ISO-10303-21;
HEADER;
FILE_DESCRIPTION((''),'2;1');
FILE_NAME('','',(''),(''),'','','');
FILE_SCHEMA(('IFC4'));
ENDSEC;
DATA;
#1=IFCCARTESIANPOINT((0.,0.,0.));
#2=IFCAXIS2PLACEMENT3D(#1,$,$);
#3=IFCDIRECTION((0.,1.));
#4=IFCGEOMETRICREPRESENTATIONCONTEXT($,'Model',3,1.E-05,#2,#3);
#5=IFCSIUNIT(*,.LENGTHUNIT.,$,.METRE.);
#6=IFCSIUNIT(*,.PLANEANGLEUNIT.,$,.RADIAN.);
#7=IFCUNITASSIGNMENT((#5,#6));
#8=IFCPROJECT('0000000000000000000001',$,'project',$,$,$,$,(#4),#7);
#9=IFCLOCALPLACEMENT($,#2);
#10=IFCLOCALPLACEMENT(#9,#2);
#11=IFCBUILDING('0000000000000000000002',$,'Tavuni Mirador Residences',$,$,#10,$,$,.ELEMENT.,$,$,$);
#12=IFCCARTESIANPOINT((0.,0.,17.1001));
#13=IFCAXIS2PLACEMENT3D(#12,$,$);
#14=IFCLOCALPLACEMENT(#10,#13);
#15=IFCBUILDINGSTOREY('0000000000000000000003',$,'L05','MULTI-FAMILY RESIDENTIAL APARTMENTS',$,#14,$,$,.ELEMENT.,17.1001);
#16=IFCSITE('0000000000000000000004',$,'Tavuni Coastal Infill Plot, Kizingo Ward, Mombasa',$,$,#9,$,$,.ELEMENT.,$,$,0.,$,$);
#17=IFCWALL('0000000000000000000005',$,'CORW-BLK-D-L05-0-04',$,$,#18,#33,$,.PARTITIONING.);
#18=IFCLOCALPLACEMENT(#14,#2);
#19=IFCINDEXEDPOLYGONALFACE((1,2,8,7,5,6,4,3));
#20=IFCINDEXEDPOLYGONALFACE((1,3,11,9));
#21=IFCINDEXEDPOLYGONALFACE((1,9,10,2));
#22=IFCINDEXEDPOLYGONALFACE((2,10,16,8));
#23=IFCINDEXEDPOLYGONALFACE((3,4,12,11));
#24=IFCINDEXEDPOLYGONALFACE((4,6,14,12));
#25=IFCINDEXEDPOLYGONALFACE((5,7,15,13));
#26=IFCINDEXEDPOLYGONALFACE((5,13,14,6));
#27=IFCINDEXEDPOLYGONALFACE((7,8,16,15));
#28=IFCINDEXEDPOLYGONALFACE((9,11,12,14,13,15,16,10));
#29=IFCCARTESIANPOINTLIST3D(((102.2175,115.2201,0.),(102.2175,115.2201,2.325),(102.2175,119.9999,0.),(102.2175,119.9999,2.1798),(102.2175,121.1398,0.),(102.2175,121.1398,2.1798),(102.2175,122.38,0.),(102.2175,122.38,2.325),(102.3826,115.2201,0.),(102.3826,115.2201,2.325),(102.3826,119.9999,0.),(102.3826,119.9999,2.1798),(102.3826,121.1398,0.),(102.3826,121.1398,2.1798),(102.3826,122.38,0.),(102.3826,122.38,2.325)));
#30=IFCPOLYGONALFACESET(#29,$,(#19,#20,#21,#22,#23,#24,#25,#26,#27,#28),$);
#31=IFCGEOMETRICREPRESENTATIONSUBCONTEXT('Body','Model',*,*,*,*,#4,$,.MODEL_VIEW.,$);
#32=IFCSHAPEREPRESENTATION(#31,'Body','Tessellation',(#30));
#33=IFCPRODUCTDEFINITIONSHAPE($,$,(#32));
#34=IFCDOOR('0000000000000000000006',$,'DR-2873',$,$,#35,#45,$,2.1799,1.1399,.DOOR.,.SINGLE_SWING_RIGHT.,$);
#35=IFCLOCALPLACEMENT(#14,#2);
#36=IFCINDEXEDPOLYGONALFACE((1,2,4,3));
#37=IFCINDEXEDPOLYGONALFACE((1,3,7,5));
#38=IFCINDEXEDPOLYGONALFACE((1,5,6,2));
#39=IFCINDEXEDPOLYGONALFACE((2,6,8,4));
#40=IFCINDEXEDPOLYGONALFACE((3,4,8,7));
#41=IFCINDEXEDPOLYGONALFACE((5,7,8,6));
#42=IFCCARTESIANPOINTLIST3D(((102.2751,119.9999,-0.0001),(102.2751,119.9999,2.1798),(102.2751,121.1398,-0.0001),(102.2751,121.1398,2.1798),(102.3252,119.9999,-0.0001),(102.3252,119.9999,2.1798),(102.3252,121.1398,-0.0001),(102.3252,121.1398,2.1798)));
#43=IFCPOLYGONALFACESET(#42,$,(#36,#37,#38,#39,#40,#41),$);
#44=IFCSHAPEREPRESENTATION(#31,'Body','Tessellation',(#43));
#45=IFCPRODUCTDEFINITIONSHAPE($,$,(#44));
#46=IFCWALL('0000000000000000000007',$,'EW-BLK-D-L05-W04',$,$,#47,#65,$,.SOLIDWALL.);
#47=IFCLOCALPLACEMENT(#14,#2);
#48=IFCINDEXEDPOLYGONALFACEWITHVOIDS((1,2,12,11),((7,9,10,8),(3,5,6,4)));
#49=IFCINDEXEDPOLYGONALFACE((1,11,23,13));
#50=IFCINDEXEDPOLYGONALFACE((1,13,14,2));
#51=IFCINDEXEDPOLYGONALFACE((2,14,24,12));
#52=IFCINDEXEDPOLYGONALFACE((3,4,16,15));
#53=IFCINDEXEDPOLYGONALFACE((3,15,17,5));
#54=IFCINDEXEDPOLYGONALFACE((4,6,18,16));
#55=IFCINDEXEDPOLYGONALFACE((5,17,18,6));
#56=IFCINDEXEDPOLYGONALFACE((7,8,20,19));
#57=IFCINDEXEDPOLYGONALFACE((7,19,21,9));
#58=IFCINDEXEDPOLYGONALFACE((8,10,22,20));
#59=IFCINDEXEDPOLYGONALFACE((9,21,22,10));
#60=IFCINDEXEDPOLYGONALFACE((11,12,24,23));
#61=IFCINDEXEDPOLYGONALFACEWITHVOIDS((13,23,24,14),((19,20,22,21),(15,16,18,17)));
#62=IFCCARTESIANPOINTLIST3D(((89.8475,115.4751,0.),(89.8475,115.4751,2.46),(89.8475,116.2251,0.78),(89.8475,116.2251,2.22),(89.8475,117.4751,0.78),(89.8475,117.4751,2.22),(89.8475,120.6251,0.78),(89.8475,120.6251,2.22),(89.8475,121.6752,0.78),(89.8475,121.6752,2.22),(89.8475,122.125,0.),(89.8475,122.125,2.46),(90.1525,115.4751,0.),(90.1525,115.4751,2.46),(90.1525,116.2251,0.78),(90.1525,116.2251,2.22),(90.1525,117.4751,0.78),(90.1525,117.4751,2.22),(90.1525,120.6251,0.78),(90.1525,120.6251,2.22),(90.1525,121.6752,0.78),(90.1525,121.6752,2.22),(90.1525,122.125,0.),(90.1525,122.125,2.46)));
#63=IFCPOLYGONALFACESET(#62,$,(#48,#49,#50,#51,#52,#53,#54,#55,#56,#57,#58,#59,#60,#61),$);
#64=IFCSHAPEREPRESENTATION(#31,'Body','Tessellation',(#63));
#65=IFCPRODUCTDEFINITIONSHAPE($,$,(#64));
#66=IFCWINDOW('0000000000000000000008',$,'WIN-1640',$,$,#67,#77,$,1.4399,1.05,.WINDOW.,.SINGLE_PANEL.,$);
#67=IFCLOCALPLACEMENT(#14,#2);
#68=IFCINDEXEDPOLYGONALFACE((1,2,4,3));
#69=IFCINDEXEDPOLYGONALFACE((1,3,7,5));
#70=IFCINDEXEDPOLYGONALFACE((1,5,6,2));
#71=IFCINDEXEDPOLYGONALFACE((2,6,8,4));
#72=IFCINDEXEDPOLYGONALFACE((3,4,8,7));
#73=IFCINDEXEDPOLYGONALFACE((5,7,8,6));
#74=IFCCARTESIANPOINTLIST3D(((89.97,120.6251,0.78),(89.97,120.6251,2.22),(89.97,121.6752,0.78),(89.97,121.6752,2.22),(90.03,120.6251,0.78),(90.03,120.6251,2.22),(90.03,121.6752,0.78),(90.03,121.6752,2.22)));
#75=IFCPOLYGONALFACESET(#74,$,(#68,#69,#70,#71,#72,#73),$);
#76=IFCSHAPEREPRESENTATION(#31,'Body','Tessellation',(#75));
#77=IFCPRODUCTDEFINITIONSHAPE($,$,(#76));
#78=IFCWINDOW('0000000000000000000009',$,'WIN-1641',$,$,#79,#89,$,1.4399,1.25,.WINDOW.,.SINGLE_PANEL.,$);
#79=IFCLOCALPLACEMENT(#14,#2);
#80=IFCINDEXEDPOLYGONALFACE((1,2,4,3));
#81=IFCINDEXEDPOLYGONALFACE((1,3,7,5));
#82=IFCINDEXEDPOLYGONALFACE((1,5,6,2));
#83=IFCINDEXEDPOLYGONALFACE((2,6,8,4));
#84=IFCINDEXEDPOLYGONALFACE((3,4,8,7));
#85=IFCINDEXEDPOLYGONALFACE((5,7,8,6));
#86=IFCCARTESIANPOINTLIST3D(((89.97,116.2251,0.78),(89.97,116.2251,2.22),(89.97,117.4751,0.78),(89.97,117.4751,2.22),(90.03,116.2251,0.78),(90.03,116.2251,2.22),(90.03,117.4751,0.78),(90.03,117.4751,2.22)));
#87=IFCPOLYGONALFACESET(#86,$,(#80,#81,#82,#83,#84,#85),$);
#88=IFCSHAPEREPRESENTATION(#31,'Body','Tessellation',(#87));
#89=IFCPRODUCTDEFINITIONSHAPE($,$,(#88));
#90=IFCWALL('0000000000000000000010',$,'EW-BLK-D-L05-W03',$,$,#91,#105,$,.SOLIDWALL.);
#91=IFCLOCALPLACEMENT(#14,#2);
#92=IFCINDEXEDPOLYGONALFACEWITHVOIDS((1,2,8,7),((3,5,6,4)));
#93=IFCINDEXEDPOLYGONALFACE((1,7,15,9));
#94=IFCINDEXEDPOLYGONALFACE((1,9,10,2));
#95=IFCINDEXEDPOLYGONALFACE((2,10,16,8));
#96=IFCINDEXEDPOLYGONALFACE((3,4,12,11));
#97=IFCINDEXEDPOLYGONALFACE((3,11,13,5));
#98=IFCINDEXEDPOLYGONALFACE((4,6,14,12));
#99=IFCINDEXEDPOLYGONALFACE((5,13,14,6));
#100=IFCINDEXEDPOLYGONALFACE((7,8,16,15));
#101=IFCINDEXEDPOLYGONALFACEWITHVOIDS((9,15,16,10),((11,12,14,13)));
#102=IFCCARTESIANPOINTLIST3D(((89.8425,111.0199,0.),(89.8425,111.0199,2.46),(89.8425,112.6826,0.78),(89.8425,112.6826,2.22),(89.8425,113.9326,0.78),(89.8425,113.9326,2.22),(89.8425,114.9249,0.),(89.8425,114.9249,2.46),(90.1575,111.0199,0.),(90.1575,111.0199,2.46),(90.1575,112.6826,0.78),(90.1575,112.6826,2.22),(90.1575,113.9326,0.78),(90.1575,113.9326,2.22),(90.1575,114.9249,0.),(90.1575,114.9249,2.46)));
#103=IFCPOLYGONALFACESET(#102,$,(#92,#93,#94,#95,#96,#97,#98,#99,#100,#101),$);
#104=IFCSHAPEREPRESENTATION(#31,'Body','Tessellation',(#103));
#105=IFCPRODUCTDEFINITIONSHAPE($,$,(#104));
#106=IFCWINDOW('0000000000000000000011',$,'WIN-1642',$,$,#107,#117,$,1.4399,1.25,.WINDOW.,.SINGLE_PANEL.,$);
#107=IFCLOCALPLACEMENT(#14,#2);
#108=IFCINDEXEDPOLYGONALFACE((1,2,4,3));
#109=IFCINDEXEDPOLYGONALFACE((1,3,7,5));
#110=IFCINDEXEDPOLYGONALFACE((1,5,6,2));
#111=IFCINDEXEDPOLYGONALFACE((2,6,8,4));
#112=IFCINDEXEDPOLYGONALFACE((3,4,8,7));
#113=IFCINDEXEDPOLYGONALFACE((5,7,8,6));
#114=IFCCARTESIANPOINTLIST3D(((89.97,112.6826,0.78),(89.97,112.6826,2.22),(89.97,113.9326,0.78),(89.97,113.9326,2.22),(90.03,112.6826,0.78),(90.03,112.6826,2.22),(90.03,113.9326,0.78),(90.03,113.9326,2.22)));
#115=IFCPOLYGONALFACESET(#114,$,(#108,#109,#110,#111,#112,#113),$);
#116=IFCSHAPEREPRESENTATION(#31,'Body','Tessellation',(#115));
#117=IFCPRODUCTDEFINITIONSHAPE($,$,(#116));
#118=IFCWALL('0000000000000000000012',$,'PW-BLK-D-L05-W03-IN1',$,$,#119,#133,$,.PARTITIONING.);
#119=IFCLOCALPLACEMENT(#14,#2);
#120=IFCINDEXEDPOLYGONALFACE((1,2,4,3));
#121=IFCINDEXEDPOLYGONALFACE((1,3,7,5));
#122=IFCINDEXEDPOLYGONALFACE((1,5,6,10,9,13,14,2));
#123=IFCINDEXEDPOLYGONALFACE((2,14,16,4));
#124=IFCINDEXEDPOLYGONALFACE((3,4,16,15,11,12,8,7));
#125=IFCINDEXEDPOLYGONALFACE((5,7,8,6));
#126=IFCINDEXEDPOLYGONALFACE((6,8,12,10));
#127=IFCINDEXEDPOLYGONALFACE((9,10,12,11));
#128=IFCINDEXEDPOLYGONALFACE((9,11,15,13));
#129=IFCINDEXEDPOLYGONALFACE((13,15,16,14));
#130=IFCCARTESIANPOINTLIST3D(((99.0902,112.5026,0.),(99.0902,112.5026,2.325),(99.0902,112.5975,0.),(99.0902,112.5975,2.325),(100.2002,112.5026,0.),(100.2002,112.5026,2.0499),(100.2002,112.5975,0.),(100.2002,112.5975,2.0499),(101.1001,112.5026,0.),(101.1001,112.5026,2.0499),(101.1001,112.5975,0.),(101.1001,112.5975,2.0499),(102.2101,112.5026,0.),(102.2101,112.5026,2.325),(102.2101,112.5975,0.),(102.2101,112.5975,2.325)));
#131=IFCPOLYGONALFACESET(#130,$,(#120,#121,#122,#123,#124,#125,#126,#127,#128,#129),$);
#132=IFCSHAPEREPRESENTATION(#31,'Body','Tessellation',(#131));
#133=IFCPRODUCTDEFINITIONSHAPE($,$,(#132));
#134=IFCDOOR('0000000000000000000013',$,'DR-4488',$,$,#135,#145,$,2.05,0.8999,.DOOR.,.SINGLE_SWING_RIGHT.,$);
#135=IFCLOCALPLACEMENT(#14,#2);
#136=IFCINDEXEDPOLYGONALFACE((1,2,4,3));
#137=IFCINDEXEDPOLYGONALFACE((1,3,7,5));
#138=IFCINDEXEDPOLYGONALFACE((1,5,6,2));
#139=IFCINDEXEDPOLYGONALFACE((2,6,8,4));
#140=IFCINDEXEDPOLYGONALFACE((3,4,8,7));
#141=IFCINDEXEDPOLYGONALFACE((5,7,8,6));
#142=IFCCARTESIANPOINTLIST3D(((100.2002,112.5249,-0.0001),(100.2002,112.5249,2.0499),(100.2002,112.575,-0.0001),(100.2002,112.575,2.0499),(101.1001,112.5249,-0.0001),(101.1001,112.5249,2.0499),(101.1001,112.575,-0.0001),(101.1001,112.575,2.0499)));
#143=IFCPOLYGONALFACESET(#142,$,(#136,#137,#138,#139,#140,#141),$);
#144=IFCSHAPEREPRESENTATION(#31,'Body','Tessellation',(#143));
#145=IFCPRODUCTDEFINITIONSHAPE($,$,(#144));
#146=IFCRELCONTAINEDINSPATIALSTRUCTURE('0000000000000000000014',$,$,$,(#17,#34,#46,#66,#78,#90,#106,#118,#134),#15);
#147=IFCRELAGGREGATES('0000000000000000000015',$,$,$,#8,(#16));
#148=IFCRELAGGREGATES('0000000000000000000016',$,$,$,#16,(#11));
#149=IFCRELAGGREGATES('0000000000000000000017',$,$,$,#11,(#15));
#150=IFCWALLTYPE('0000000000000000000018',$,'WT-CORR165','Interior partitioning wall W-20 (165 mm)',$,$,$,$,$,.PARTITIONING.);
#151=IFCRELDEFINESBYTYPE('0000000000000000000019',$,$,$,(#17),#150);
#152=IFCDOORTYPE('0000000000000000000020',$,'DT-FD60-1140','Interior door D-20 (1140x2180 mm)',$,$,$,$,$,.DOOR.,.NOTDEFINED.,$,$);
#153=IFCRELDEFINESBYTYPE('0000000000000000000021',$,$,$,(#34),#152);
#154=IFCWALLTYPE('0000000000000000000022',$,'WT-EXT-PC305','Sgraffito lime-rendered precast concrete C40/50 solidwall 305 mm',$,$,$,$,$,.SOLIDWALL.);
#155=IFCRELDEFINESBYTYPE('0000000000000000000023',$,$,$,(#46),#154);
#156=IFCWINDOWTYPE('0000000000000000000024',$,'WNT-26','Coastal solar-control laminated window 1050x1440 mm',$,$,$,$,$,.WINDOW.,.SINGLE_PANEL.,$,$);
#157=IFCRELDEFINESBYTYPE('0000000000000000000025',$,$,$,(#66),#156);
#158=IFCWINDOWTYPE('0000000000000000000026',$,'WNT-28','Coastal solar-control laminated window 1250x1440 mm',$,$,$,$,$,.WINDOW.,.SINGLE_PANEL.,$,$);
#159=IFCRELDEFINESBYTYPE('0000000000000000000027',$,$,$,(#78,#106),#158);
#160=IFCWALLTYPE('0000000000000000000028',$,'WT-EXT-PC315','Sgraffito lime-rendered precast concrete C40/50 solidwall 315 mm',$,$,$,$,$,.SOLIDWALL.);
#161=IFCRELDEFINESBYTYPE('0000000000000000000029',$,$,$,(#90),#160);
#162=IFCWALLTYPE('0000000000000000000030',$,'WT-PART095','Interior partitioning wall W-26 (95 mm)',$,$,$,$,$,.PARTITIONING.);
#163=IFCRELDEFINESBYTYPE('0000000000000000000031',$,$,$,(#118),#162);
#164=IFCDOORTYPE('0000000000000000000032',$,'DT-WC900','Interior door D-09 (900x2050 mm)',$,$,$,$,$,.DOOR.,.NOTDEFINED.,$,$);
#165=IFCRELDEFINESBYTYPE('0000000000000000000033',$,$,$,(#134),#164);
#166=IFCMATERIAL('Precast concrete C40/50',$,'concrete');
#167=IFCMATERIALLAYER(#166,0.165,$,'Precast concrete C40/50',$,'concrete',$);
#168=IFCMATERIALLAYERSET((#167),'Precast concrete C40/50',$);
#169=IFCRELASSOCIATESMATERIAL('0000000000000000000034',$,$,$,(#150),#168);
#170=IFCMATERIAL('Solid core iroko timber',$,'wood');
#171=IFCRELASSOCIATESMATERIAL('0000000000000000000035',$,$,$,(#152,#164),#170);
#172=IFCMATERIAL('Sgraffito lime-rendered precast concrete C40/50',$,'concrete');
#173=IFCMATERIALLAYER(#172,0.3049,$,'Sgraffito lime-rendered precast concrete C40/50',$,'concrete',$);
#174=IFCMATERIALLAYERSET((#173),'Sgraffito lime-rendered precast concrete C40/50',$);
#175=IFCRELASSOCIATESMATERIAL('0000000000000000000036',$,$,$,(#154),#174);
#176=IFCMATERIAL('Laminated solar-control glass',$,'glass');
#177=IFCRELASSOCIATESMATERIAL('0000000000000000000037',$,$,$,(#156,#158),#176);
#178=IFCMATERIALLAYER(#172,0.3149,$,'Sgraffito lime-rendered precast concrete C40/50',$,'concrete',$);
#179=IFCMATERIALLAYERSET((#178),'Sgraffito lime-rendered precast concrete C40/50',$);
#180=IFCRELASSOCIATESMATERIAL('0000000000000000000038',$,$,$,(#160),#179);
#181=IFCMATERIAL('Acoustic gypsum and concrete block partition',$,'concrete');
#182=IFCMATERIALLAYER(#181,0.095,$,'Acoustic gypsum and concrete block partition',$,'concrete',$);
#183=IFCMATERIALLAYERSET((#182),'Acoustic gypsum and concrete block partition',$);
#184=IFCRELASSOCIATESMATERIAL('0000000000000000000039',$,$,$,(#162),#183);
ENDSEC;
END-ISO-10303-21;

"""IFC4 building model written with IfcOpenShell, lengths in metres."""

from ifc_helpers import new_model, si_unit, direction, frame, frame_2d, origin, place, context, subcontext, project, spatial, rectangle, extrude, material, layer, layer_set, type_object, element, fill, save


model = new_model("IFC4")

# Units and contexts
model_context = context("Model", 3, precision=1e-05, world=origin(), true_north=direction((0.0, 1.0)))
body_context = subcontext(model_context, "Body", "Model", "MODEL_VIEW")
ifc_project = project(units=[si_unit("LENGTHUNIT", "METRE"), si_unit("PLANEANGLEUNIT", "RADIAN")], contexts=[model_context])

# Site, building, storey
site_placement = place(None, origin())
site = spatial("IfcSite", under=ifc_project, at=site_placement, Name="Tavuni Coastal Infill Plot, Kizingo Ward, Mombasa", CompositionType="ELEMENT", RefElevation=0.0)
building_placement = place(site_placement, origin())
building = spatial("IfcBuilding", under=site, at=building_placement, Name="Tavuni Mirador Residences", CompositionType="ELEMENT")
storey_placement = place(building_placement, frame((0.0, 0.0, 17.1001)))
storey = spatial("IfcBuildingStorey", under=building, at=storey_placement, Name="L05", Description="MULTI-FAMILY RESIDENTIAL APARTMENTS", CompositionType="ELEMENT", Elevation=17.1001)

# Shared definitions
ifc_material_1 = material(Name="Precast concrete C40/50", Category="concrete")

# Wall, opening, door
ifc_layer_1 = layer(ifc_material_1, 0.165, Name="Precast concrete C40/50", Category="concrete")
ifc_layer_set_1 = layer_set([ifc_layer_1], Name="Precast concrete C40/50")
wall_type_1 = type_object("IfcWallType", Name="WT-CORR165", Description="Interior partitioning wall W-20 (165 mm)", PredefinedType="PARTITIONING", material=ifc_layer_set_1)
wall_1_placement = place(storey_placement, frame((102.3, 115.22, 0.0), z_axis=(0.0, 0.0, 1.0), x_axis=(0.0, 1.0, 0.0)))
wall_1 = element("IfcWall", 1, at=wall_1_placement, inside=storey, type_object=wall_type_1, Name="CORW-BLK-D-L05-0-04", PredefinedType="PARTITIONING", context=body_context, shape_type="SweptSolid", body=[
    extrude(rectangle(XDim=7.1599, YDim=0.165, at=frame_2d((3.5801, 0.0))), origin(), (0.0, 0.0, 1.0), 2.325),
])
opening_1_placement = place(wall_1_placement, frame((4.78, 0.0, 0.0)))
opening_1 = element("IfcOpeningElement", 2, at=opening_1_placement, cuts=wall_1, PredefinedType="OPENING", context=body_context, shape_type="SweptSolid", body=[
    extrude(rectangle(XDim=1.1399, YDim=2.1799, at=frame_2d((0.5698, 1.0898))), frame((0.0, 0.0925, 0.0), z_axis=(0.0, -1.0, 0.0), x_axis=(1.0, 0.0, 0.0)), (0.0, 0.0, 1.0), 0.1851),
])
ifc_material_2 = material(Name="Solid core iroko timber", Category="wood")
door_type_1 = type_object("IfcDoorType", Name="DT-FD60-1140", Description="Interior door D-20 (1140x2180 mm)", OperationType="NOTDEFINED", PredefinedType="DOOR", material=ifc_material_2)
door_1_placement = place(opening_1_placement, origin())
door_1 = element("IfcDoor", 3, at=door_1_placement, inside=storey, type_object=door_type_1, Name="DR-2873", OperationType="SINGLE_SWING_RIGHT", OverallHeight=2.1799, OverallWidth=1.1399, PredefinedType="DOOR", context=body_context, shape_type="SweptSolid", body=[
    extrude(rectangle(XDim=1.1399, YDim=2.1799, at=frame_2d((0.5698, 1.0898))), frame((0.0, 0.0249, 0.0), z_axis=(0.0, -1.0, 0.0), x_axis=(1.0, 0.0, 0.0)), (0.0, 0.0, 1.0), 0.05),
])
fill(opening_1, door_1)

# Wall, openings, windows
ifc_material_3 = material(Name="Sgraffito lime-rendered precast concrete C40/50", Category="concrete")
ifc_layer_2 = layer(ifc_material_3, 0.3049, Name="Sgraffito lime-rendered precast concrete C40/50", Category="concrete")
ifc_layer_set_2 = layer_set([ifc_layer_2], Name="Sgraffito lime-rendered precast concrete C40/50")
wall_type_2 = type_object("IfcWallType", Name="WT-EXT-PC305", Description="Sgraffito lime-rendered precast concrete C40/50 solidwall 305 mm", PredefinedType="SOLIDWALL", material=ifc_layer_set_2)
wall_2_placement = place(storey_placement, frame((90.0, 122.125, 0.0), z_axis=(0.0, 0.0, 1.0), x_axis=(0.0, -1.0, 0.0)))
wall_2 = element("IfcWall", 4, at=wall_2_placement, inside=storey, type_object=wall_type_2, Name="EW-BLK-D-L05-W04", PredefinedType="SOLIDWALL", context=body_context, shape_type="SweptSolid", body=[
    extrude(rectangle(XDim=6.6499, YDim=0.3049, at=frame_2d((3.325, 0.0))), origin(), (0.0, 0.0, 1.0), 2.46),
])
opening_2_placement = place(wall_2_placement, frame((0.45, 0.0, 0.78)))
opening_2 = element("IfcOpeningElement", 5, at=opening_2_placement, cuts=wall_2, PredefinedType="OPENING", context=body_context, shape_type="SweptSolid", body=[
    extrude(rectangle(XDim=1.05, YDim=1.4399, at=frame_2d((0.5249, 0.72))), frame((0.0, 0.1626, 0.0), z_axis=(0.0, -1.0, 0.0), x_axis=(1.0, 0.0, 0.0)), (0.0, 0.0, 1.0), 0.325),
])
opening_3_placement = place(wall_2_placement, frame((4.6499, 0.0, 0.78)))
opening_3 = element("IfcOpeningElement", 6, at=opening_3_placement, cuts=wall_2, PredefinedType="OPENING", context=body_context, shape_type="SweptSolid", body=[
    extrude(rectangle(XDim=1.25, YDim=1.4399, at=frame_2d((0.625, 0.72))), frame((0.0, 0.1626, 0.0), z_axis=(0.0, -1.0, 0.0), x_axis=(1.0, 0.0, 0.0)), (0.0, 0.0, 1.0), 0.325),
])
ifc_material_4 = material(Name="Laminated solar-control glass", Category="glass")
window_type_1 = type_object("IfcWindowType", Name="WNT-26", Description="Coastal solar-control laminated window 1050x1440 mm", PartitioningType="SINGLE_PANEL", PredefinedType="WINDOW", material=ifc_material_4)
window_1_placement = place(opening_2_placement, origin())
window_1 = element("IfcWindow", 7, at=window_1_placement, inside=storey, type_object=window_type_1, Name="WIN-1640", OverallHeight=1.4399, OverallWidth=1.05, PartitioningType="SINGLE_PANEL", PredefinedType="WINDOW", context=body_context, shape_type="SweptSolid", body=[
    extrude(rectangle(XDim=1.05, YDim=1.4399, at=frame_2d((0.5249, 0.72))), frame((0.0, 0.03, 0.0), z_axis=(0.0, -1.0, 0.0), x_axis=(1.0, 0.0, 0.0)), (0.0, 0.0, 1.0), 0.0601),
])
fill(opening_2, window_1)
window_type_2 = type_object("IfcWindowType", Name="WNT-28", Description="Coastal solar-control laminated window 1250x1440 mm", PartitioningType="SINGLE_PANEL", PredefinedType="WINDOW", material=ifc_material_4)
window_2_placement = place(opening_3_placement, origin())
window_2 = element("IfcWindow", 8, at=window_2_placement, inside=storey, type_object=window_type_2, Name="WIN-1641", OverallHeight=1.4399, OverallWidth=1.25, PartitioningType="SINGLE_PANEL", PredefinedType="WINDOW", context=body_context, shape_type="SweptSolid", body=[
    extrude(rectangle(XDim=1.25, YDim=1.4399, at=frame_2d((0.625, 0.72))), frame((0.0, 0.03, 0.0), z_axis=(0.0, -1.0, 0.0), x_axis=(1.0, 0.0, 0.0)), (0.0, 0.0, 1.0), 0.0601),
])
fill(opening_3, window_2)

# Wall, opening, window
ifc_layer_3 = layer(ifc_material_3, 0.3149, Name="Sgraffito lime-rendered precast concrete C40/50", Category="concrete")
ifc_layer_set_3 = layer_set([ifc_layer_3], Name="Sgraffito lime-rendered precast concrete C40/50")
wall_type_3 = type_object("IfcWallType", Name="WT-EXT-PC315", Description="Sgraffito lime-rendered precast concrete C40/50 solidwall 315 mm", PredefinedType="SOLIDWALL", material=ifc_layer_set_3)
wall_3_placement = place(storey_placement, frame((90.0, 114.925, 0.0), z_axis=(0.0, 0.0, 1.0), x_axis=(0.0, -1.0, 0.0)))
wall_3 = element("IfcWall", 9, at=wall_3_placement, inside=storey, type_object=wall_type_3, Name="EW-BLK-D-L05-W03", PredefinedType="SOLIDWALL", context=body_context, shape_type="SweptSolid", body=[
    extrude(rectangle(XDim=3.905, YDim=0.3149, at=frame_2d((1.9526, 0.0))), origin(), (0.0, 0.0, 1.0), 2.46),
])
opening_4_placement = place(wall_3_placement, frame((0.9924, 0.0, 0.78)))
opening_4 = element("IfcOpeningElement", 10, at=opening_4_placement, cuts=wall_3, PredefinedType="OPENING", context=body_context, shape_type="SweptSolid", body=[
    extrude(rectangle(XDim=1.25, YDim=1.4399, at=frame_2d((0.625, 0.72))), frame((0.0, 0.1675, 0.0), z_axis=(0.0, -1.0, 0.0), x_axis=(1.0, 0.0, 0.0)), (0.0, 0.0, 1.0), 0.335),
])
window_3_placement = place(opening_4_placement, origin())
window_3 = element("IfcWindow", 11, at=window_3_placement, inside=storey, type_object=window_type_2, Name="WIN-1642", OverallHeight=1.4399, OverallWidth=1.25, PartitioningType="SINGLE_PANEL", PredefinedType="WINDOW", context=body_context, shape_type="SweptSolid", body=[
    extrude(rectangle(XDim=1.25, YDim=1.4399, at=frame_2d((0.625, 0.72))), frame((0.0, 0.03, 0.0), z_axis=(0.0, -1.0, 0.0), x_axis=(1.0, 0.0, 0.0)), (0.0, 0.0, 1.0), 0.0601),
])
fill(opening_4, window_3)

# Wall, opening, door
ifc_material_5 = material(Name="Acoustic gypsum and concrete block partition", Category="concrete")
ifc_layer_4 = layer(ifc_material_5, 0.095, Name="Acoustic gypsum and concrete block partition", Category="concrete")
ifc_layer_set_4 = layer_set([ifc_layer_4], Name="Acoustic gypsum and concrete block partition")
wall_type_4 = type_object("IfcWallType", Name="WT-PART095", Description="Interior partitioning wall W-26 (95 mm)", PredefinedType="PARTITIONING", material=ifc_layer_set_4)
wall_4_placement = place(storey_placement, frame((99.0901, 112.55, 0.0), z_axis=(0.0, 0.0, 1.0), x_axis=(1.0, 0.0, 0.0)))
wall_4 = element("IfcWall", 12, at=wall_4_placement, inside=storey, type_object=wall_type_4, Name="PW-BLK-D-L05-W03-IN1", PredefinedType="PARTITIONING", context=body_context, shape_type="SweptSolid", body=[
    extrude(rectangle(XDim=3.1199, YDim=0.095, at=frame_2d((1.5601, 0.0))), origin(), (0.0, 0.0, 1.0), 2.325),
])
opening_5_placement = place(wall_4_placement, frame((1.1101, 0.0, 0.0)))
opening_5 = element("IfcOpeningElement", 13, at=opening_5_placement, cuts=wall_4, PredefinedType="OPENING", context=body_context, shape_type="SweptSolid", body=[
    extrude(rectangle(XDim=0.8999, YDim=2.05, at=frame_2d((0.45, 1.0249))), frame((0.0, 0.0576, 0.0), z_axis=(0.0, -1.0, 0.0), x_axis=(1.0, 0.0, 0.0)), (0.0, 0.0, 1.0), 0.115),
])
door_type_2 = type_object("IfcDoorType", Name="DT-WC900", Description="Interior door D-09 (900x2050 mm)", OperationType="NOTDEFINED", PredefinedType="DOOR", material=ifc_material_2)
door_2_placement = place(opening_5_placement, origin())
door_2 = element("IfcDoor", 14, at=door_2_placement, inside=storey, type_object=door_type_2, Name="DR-4488", OperationType="SINGLE_SWING_RIGHT", OverallHeight=2.05, OverallWidth=0.8999, PredefinedType="DOOR", context=body_context, shape_type="SweptSolid", body=[
    extrude(rectangle(XDim=0.8999, YDim=2.05, at=frame_2d((0.45, 1.0249))), frame((0.0, 0.0249, 0.0), z_axis=(0.0, -1.0, 0.0), x_axis=(1.0, 0.0, 0.0)), (0.0, 0.0, 1.0), 0.05),
])
fill(opening_5, door_2)

save(model, "model.ifc")
